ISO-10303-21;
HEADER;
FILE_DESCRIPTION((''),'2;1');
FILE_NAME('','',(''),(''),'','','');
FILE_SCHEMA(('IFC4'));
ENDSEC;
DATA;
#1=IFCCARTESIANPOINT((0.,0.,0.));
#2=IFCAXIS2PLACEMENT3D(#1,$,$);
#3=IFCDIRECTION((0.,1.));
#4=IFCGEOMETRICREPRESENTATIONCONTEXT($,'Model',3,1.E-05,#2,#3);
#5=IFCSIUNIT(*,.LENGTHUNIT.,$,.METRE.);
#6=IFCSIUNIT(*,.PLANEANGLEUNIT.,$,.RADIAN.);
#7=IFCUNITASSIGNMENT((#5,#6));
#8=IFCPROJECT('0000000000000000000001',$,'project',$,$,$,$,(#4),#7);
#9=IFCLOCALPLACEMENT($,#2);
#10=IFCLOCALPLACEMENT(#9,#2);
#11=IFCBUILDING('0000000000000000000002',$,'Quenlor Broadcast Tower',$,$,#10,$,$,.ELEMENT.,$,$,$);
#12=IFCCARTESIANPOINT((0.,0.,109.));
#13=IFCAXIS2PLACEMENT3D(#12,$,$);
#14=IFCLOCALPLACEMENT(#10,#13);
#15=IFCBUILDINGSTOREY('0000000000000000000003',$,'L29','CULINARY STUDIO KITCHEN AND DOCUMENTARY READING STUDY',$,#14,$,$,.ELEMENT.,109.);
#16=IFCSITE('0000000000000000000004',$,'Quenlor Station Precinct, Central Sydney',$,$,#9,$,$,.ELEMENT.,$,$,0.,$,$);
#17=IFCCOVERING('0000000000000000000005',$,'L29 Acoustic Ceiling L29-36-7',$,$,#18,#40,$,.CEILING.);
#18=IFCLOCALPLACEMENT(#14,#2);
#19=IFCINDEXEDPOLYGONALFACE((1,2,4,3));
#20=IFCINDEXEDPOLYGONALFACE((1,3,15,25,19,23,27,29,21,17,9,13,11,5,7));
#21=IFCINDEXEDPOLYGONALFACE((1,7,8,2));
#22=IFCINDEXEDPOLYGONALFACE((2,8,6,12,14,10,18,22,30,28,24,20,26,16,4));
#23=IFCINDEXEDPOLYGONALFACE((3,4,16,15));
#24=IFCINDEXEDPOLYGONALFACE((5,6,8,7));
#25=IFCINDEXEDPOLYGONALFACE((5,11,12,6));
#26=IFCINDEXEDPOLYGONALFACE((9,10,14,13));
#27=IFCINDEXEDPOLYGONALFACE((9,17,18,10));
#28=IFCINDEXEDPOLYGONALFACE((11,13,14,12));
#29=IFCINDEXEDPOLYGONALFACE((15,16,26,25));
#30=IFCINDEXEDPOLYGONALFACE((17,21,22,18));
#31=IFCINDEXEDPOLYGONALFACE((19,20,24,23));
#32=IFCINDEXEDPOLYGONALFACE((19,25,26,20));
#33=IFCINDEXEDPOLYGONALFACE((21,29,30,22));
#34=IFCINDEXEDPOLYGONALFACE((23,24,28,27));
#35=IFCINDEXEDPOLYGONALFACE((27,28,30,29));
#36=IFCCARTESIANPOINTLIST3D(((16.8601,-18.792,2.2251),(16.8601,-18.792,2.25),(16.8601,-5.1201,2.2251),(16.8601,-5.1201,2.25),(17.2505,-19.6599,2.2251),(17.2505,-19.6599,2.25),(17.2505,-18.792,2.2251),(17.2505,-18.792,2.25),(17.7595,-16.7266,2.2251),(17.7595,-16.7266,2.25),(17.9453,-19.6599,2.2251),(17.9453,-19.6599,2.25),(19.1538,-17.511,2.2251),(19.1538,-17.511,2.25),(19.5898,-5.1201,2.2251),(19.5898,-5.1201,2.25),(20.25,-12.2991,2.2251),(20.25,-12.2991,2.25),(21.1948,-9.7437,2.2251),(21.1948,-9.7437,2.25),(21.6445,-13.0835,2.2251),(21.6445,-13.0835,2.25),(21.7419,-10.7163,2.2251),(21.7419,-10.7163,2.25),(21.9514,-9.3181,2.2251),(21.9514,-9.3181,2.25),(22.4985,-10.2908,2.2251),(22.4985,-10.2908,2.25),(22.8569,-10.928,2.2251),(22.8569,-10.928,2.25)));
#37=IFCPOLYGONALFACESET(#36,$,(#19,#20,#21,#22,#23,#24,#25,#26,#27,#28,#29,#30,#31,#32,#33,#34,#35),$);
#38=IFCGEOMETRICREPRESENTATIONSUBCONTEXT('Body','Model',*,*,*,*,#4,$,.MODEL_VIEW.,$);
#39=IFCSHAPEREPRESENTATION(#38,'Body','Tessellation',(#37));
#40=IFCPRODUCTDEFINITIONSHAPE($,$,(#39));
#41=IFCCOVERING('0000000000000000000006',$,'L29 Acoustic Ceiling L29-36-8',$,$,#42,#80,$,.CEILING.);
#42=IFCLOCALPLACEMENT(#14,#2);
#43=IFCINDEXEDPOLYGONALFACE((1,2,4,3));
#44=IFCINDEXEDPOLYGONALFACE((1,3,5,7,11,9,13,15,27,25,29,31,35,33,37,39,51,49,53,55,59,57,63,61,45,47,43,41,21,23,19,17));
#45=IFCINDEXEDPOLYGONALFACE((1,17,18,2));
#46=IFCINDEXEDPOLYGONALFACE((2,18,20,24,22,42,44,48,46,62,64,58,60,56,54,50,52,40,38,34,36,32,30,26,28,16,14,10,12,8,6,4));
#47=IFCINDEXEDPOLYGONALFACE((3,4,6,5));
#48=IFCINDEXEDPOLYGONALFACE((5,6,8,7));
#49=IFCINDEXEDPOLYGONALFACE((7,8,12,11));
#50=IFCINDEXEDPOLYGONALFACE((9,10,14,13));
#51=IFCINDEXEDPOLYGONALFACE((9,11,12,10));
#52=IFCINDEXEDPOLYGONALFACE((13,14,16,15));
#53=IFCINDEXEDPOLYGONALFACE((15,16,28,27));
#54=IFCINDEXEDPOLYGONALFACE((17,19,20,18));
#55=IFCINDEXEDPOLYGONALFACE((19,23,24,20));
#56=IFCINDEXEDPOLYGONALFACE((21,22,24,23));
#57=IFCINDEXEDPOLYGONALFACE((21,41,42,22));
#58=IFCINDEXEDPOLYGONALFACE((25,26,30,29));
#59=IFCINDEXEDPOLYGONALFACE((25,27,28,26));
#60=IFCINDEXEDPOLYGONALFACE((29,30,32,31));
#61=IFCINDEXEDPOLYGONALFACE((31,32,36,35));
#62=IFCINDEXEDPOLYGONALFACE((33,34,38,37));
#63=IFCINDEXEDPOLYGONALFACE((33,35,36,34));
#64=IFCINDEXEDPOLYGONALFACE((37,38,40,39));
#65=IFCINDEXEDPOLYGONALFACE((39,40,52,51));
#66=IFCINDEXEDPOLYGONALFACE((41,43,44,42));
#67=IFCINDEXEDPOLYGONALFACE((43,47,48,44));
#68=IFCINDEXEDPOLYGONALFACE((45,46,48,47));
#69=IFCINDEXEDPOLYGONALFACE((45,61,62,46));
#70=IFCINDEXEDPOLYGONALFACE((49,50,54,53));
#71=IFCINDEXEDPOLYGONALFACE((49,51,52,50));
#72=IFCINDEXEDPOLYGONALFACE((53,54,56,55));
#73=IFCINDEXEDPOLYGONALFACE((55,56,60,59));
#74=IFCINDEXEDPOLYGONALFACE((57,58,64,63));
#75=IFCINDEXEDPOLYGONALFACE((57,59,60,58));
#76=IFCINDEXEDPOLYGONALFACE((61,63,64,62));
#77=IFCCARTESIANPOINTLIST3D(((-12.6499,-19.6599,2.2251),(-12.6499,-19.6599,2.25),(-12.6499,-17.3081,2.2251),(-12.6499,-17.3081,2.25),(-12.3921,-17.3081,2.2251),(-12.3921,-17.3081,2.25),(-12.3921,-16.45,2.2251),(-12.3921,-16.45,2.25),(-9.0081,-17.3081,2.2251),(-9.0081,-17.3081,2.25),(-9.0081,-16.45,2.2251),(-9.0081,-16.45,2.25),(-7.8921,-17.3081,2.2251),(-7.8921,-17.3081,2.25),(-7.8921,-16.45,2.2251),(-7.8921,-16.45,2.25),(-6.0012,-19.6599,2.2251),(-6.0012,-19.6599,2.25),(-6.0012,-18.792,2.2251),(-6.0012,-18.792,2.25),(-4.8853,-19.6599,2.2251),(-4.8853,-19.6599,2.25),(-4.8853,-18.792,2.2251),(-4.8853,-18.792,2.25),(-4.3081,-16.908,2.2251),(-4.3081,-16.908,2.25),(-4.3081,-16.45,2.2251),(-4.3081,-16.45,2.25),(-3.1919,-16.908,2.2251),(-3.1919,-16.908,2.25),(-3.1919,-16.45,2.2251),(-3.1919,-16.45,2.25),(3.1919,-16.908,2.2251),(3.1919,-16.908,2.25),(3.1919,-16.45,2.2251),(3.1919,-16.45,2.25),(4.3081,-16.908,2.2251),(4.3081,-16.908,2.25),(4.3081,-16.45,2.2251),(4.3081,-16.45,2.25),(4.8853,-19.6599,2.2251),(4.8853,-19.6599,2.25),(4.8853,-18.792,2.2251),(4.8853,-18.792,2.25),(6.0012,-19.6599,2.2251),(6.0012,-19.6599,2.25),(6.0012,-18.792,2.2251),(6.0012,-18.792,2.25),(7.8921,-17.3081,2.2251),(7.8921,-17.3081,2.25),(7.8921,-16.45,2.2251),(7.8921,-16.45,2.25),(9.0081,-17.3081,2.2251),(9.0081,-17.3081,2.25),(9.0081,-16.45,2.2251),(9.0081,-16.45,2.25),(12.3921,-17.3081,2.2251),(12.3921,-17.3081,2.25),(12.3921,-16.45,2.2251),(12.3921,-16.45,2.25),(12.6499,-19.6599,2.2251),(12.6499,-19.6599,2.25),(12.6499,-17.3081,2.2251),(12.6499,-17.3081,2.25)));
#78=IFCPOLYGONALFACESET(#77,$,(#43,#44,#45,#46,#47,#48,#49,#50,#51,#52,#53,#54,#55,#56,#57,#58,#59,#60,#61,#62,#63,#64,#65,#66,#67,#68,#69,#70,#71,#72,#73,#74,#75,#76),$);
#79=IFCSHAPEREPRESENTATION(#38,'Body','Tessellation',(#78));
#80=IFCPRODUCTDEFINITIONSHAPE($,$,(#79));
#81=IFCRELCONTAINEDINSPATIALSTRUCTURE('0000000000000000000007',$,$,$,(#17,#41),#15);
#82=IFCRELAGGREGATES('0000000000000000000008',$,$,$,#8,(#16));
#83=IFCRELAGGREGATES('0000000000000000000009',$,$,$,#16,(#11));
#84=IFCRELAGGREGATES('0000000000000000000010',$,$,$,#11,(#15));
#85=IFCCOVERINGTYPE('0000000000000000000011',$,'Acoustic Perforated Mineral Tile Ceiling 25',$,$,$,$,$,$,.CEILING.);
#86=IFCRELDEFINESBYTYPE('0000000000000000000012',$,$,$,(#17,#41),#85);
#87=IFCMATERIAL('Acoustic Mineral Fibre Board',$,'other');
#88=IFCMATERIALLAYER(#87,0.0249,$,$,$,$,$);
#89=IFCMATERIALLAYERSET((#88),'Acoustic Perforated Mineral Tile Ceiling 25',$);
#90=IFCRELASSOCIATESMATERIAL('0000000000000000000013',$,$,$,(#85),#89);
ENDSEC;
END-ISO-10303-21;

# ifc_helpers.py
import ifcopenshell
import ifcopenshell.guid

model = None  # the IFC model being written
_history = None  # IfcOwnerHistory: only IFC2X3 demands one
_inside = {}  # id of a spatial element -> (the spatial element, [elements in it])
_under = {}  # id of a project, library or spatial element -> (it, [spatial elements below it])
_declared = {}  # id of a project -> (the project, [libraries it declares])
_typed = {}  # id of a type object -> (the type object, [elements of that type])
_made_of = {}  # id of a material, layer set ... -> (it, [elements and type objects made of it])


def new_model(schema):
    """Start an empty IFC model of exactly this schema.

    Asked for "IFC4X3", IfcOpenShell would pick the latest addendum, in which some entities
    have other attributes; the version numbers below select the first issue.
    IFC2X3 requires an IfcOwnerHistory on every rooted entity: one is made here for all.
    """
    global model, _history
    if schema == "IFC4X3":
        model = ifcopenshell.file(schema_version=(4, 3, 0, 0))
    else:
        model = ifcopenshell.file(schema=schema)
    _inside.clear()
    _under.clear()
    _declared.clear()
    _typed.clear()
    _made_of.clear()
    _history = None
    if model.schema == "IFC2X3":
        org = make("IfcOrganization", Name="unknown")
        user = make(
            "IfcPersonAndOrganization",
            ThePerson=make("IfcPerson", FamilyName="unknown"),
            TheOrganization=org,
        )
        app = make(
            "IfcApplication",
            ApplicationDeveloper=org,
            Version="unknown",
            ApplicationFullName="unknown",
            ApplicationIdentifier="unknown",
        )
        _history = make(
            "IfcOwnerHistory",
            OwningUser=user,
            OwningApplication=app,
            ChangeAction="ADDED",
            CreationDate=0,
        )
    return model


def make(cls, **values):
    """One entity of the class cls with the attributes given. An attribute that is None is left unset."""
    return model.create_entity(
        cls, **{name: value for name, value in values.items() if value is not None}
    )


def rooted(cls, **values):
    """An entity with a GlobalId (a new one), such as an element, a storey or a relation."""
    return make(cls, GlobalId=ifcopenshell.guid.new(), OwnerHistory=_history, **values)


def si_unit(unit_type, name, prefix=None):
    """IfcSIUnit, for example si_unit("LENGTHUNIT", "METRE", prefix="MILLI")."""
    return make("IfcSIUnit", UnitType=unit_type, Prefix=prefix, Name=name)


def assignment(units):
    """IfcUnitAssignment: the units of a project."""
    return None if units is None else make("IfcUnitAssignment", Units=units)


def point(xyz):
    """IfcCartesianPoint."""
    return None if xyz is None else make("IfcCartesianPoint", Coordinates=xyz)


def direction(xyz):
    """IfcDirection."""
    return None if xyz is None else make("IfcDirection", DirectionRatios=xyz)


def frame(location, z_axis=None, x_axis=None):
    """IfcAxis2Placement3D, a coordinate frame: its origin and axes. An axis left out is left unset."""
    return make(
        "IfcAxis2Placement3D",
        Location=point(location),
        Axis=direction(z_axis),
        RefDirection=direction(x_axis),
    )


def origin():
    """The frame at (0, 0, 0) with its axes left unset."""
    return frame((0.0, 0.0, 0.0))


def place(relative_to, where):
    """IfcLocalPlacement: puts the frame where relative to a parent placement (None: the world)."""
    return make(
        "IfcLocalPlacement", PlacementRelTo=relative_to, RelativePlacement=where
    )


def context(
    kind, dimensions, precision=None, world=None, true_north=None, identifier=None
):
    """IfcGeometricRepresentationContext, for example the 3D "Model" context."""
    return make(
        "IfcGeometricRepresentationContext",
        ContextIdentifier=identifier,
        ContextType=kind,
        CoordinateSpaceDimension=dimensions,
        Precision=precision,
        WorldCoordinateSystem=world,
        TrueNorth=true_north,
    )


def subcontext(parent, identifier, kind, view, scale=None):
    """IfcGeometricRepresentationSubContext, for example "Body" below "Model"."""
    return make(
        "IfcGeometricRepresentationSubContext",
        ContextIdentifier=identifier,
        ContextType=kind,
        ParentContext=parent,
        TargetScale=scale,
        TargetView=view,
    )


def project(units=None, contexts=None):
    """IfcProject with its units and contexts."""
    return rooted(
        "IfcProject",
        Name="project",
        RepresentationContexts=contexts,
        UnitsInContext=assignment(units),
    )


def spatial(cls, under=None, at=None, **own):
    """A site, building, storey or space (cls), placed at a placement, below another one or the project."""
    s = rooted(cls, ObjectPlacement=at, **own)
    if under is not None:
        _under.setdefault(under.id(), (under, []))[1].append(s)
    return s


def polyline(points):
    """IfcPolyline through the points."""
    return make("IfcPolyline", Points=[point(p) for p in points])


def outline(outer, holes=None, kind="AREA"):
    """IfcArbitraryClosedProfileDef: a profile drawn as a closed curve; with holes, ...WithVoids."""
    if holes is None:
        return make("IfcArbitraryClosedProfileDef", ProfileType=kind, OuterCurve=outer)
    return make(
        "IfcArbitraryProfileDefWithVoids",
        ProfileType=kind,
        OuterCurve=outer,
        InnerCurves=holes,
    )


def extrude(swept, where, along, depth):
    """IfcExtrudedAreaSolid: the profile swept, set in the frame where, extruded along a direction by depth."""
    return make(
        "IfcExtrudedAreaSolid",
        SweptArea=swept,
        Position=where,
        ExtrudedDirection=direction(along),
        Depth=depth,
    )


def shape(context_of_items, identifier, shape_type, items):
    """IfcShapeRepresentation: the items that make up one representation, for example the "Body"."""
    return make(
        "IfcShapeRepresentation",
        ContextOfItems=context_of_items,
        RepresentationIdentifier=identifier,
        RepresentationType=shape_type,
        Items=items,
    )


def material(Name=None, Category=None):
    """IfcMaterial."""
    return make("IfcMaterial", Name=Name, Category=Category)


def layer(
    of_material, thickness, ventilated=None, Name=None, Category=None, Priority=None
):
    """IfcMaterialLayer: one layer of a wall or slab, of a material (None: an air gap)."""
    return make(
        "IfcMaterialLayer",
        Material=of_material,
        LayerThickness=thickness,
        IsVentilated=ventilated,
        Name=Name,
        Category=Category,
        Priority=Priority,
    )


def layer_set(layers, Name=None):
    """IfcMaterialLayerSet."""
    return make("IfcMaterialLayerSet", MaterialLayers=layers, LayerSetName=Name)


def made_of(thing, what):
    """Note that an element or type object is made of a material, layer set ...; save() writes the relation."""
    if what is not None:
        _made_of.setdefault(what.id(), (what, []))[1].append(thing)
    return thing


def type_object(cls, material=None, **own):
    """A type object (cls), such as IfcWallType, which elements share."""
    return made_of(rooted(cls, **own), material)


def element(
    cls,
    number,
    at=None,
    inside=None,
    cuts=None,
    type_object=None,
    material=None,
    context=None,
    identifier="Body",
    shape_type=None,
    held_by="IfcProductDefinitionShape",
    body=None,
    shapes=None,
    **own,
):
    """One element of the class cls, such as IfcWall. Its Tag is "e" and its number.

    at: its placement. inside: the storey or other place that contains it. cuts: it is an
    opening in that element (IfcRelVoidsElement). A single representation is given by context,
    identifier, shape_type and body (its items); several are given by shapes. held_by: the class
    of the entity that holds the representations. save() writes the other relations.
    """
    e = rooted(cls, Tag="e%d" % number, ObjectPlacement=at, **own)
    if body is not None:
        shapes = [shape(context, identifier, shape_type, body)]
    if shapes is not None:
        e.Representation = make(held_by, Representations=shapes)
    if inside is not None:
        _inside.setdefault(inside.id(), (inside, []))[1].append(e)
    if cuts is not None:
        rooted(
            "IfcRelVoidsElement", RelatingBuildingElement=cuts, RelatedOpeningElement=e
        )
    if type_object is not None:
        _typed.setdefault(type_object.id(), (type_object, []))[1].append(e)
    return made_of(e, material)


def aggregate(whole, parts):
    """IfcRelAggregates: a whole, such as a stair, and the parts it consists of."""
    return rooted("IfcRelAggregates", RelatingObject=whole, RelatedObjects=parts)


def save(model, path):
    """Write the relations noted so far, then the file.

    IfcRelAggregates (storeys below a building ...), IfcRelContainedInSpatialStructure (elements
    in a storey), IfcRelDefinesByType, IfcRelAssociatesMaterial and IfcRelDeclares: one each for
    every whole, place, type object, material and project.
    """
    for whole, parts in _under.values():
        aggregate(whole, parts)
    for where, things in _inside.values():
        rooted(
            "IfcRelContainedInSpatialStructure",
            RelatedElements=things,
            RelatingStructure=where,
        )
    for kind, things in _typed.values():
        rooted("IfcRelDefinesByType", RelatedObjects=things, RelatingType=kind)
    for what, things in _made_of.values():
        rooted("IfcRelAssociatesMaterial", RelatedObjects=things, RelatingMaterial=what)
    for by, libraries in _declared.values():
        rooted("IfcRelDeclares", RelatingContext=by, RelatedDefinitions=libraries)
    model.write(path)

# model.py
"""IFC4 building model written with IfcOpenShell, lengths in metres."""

from ifc_helpers import new_model, si_unit, direction, frame, origin, place, context, subcontext, project, spatial, polyline, outline, extrude, material, layer, layer_set, type_object, element, save


model = new_model("IFC4")

# Units and contexts
model_context = context("Model", 3, precision=1e-05, world=origin(), true_north=direction((0.0, 1.0)))
body_context = subcontext(model_context, "Body", "Model", "MODEL_VIEW")
ifc_project = project(units=[si_unit("LENGTHUNIT", "METRE"), si_unit("PLANEANGLEUNIT", "RADIAN")], contexts=[model_context])

# Site, building, storey
site_placement = place(None, origin())
site = spatial("IfcSite", under=ifc_project, at=site_placement, Name="Quenlor Station Precinct, Central Sydney", CompositionType="ELEMENT", RefElevation=0.0)
building_placement = place(site_placement, origin())
building = spatial("IfcBuilding", under=site, at=building_placement, Name="Quenlor Broadcast Tower", CompositionType="ELEMENT")
storey_placement = place(building_placement, frame((0.0, 0.0, 109.0)))
storey = spatial("IfcBuildingStorey", under=building, at=storey_placement, Name="L29", Description="CULINARY STUDIO KITCHEN AND DOCUMENTARY READING STUDY", CompositionType="ELEMENT", Elevation=109.0)

# Coverings
ifc_material_1 = material(Name="Acoustic Mineral Fibre Board", Category="other")
ifc_layer_1 = layer(ifc_material_1, 0.0249)
ifc_layer_set_1 = layer_set([ifc_layer_1], Name="Acoustic Perforated Mineral Tile Ceiling 25")
covering_type = type_object("IfcCoveringType", Name="Acoustic Perforated Mineral Tile Ceiling 25", PredefinedType="CEILING", material=ifc_layer_set_1)
covering_1_placement = place(storey_placement, frame((0.0, 0.0, 2.2251)))
element("IfcCovering", 1, at=covering_1_placement, inside=storey, type_object=covering_type, Name="L29 Acoustic Ceiling L29-36-7", PredefinedType="CEILING", context=body_context, shape_type="SweptSolid", body=[
    extrude(outline(polyline([(21.9514, -9.3181), (21.1948, -9.7437), (21.7419, -10.7163), (22.4985, -10.2908), (22.8569, -10.928), (21.6445, -13.0835), (20.25, -12.2991), (17.7595, -16.7266), (19.1538, -17.511), (17.9453, -19.6599), (17.2505, -19.6599), (17.2505, -18.792), (16.8601, -18.792), (16.8601, -5.1201), (19.5898, -5.1201), (21.9514, -9.3181)])), origin(), (0.0, 0.0, 1.0), 0.0249),
])
covering_2_placement = place(storey_placement, frame((0.0, 0.0, 2.2251)))
element("IfcCovering", 2, at=covering_2_placement, inside=storey, type_object=covering_type, Name="L29 Acoustic Ceiling L29-36-8", PredefinedType="CEILING", context=body_context, shape_type="SweptSolid", body=[
    extrude(outline(polyline([(-12.3921, -17.3081), (-12.3921, -16.45), (-9.0081, -16.45), (-9.0081, -17.3081), (-7.8921, -17.3081), (-7.8921, -16.45), (-4.3081, -16.45), (-4.3081, -16.908), (-3.1919, -16.908), (-3.1919, -16.45), (3.1919, -16.45), (3.1919, -16.908), (4.3081, -16.908), (4.3081, -16.45), (7.8921, -16.45), (7.8921, -17.3081), (9.0081, -17.3081), (9.0081, -16.45), (12.3921, -16.45), (12.3921, -17.3081), (12.6499, -17.3081), (12.6499, -19.6599), (6.0012, -19.6599), (6.0012, -18.792), (4.8853, -18.792), (4.8853, -19.6599), (-4.8853, -19.6599), (-4.8853, -18.792), (-6.0012, -18.792), (-6.0012, -19.6599), (-12.6499, -19.6599), (-12.6499, -17.3081), (-12.3921, -17.3081)])), origin(), (0.0, 0.0, 1.0), 0.0249),
])

save(model, "model.ifc")
